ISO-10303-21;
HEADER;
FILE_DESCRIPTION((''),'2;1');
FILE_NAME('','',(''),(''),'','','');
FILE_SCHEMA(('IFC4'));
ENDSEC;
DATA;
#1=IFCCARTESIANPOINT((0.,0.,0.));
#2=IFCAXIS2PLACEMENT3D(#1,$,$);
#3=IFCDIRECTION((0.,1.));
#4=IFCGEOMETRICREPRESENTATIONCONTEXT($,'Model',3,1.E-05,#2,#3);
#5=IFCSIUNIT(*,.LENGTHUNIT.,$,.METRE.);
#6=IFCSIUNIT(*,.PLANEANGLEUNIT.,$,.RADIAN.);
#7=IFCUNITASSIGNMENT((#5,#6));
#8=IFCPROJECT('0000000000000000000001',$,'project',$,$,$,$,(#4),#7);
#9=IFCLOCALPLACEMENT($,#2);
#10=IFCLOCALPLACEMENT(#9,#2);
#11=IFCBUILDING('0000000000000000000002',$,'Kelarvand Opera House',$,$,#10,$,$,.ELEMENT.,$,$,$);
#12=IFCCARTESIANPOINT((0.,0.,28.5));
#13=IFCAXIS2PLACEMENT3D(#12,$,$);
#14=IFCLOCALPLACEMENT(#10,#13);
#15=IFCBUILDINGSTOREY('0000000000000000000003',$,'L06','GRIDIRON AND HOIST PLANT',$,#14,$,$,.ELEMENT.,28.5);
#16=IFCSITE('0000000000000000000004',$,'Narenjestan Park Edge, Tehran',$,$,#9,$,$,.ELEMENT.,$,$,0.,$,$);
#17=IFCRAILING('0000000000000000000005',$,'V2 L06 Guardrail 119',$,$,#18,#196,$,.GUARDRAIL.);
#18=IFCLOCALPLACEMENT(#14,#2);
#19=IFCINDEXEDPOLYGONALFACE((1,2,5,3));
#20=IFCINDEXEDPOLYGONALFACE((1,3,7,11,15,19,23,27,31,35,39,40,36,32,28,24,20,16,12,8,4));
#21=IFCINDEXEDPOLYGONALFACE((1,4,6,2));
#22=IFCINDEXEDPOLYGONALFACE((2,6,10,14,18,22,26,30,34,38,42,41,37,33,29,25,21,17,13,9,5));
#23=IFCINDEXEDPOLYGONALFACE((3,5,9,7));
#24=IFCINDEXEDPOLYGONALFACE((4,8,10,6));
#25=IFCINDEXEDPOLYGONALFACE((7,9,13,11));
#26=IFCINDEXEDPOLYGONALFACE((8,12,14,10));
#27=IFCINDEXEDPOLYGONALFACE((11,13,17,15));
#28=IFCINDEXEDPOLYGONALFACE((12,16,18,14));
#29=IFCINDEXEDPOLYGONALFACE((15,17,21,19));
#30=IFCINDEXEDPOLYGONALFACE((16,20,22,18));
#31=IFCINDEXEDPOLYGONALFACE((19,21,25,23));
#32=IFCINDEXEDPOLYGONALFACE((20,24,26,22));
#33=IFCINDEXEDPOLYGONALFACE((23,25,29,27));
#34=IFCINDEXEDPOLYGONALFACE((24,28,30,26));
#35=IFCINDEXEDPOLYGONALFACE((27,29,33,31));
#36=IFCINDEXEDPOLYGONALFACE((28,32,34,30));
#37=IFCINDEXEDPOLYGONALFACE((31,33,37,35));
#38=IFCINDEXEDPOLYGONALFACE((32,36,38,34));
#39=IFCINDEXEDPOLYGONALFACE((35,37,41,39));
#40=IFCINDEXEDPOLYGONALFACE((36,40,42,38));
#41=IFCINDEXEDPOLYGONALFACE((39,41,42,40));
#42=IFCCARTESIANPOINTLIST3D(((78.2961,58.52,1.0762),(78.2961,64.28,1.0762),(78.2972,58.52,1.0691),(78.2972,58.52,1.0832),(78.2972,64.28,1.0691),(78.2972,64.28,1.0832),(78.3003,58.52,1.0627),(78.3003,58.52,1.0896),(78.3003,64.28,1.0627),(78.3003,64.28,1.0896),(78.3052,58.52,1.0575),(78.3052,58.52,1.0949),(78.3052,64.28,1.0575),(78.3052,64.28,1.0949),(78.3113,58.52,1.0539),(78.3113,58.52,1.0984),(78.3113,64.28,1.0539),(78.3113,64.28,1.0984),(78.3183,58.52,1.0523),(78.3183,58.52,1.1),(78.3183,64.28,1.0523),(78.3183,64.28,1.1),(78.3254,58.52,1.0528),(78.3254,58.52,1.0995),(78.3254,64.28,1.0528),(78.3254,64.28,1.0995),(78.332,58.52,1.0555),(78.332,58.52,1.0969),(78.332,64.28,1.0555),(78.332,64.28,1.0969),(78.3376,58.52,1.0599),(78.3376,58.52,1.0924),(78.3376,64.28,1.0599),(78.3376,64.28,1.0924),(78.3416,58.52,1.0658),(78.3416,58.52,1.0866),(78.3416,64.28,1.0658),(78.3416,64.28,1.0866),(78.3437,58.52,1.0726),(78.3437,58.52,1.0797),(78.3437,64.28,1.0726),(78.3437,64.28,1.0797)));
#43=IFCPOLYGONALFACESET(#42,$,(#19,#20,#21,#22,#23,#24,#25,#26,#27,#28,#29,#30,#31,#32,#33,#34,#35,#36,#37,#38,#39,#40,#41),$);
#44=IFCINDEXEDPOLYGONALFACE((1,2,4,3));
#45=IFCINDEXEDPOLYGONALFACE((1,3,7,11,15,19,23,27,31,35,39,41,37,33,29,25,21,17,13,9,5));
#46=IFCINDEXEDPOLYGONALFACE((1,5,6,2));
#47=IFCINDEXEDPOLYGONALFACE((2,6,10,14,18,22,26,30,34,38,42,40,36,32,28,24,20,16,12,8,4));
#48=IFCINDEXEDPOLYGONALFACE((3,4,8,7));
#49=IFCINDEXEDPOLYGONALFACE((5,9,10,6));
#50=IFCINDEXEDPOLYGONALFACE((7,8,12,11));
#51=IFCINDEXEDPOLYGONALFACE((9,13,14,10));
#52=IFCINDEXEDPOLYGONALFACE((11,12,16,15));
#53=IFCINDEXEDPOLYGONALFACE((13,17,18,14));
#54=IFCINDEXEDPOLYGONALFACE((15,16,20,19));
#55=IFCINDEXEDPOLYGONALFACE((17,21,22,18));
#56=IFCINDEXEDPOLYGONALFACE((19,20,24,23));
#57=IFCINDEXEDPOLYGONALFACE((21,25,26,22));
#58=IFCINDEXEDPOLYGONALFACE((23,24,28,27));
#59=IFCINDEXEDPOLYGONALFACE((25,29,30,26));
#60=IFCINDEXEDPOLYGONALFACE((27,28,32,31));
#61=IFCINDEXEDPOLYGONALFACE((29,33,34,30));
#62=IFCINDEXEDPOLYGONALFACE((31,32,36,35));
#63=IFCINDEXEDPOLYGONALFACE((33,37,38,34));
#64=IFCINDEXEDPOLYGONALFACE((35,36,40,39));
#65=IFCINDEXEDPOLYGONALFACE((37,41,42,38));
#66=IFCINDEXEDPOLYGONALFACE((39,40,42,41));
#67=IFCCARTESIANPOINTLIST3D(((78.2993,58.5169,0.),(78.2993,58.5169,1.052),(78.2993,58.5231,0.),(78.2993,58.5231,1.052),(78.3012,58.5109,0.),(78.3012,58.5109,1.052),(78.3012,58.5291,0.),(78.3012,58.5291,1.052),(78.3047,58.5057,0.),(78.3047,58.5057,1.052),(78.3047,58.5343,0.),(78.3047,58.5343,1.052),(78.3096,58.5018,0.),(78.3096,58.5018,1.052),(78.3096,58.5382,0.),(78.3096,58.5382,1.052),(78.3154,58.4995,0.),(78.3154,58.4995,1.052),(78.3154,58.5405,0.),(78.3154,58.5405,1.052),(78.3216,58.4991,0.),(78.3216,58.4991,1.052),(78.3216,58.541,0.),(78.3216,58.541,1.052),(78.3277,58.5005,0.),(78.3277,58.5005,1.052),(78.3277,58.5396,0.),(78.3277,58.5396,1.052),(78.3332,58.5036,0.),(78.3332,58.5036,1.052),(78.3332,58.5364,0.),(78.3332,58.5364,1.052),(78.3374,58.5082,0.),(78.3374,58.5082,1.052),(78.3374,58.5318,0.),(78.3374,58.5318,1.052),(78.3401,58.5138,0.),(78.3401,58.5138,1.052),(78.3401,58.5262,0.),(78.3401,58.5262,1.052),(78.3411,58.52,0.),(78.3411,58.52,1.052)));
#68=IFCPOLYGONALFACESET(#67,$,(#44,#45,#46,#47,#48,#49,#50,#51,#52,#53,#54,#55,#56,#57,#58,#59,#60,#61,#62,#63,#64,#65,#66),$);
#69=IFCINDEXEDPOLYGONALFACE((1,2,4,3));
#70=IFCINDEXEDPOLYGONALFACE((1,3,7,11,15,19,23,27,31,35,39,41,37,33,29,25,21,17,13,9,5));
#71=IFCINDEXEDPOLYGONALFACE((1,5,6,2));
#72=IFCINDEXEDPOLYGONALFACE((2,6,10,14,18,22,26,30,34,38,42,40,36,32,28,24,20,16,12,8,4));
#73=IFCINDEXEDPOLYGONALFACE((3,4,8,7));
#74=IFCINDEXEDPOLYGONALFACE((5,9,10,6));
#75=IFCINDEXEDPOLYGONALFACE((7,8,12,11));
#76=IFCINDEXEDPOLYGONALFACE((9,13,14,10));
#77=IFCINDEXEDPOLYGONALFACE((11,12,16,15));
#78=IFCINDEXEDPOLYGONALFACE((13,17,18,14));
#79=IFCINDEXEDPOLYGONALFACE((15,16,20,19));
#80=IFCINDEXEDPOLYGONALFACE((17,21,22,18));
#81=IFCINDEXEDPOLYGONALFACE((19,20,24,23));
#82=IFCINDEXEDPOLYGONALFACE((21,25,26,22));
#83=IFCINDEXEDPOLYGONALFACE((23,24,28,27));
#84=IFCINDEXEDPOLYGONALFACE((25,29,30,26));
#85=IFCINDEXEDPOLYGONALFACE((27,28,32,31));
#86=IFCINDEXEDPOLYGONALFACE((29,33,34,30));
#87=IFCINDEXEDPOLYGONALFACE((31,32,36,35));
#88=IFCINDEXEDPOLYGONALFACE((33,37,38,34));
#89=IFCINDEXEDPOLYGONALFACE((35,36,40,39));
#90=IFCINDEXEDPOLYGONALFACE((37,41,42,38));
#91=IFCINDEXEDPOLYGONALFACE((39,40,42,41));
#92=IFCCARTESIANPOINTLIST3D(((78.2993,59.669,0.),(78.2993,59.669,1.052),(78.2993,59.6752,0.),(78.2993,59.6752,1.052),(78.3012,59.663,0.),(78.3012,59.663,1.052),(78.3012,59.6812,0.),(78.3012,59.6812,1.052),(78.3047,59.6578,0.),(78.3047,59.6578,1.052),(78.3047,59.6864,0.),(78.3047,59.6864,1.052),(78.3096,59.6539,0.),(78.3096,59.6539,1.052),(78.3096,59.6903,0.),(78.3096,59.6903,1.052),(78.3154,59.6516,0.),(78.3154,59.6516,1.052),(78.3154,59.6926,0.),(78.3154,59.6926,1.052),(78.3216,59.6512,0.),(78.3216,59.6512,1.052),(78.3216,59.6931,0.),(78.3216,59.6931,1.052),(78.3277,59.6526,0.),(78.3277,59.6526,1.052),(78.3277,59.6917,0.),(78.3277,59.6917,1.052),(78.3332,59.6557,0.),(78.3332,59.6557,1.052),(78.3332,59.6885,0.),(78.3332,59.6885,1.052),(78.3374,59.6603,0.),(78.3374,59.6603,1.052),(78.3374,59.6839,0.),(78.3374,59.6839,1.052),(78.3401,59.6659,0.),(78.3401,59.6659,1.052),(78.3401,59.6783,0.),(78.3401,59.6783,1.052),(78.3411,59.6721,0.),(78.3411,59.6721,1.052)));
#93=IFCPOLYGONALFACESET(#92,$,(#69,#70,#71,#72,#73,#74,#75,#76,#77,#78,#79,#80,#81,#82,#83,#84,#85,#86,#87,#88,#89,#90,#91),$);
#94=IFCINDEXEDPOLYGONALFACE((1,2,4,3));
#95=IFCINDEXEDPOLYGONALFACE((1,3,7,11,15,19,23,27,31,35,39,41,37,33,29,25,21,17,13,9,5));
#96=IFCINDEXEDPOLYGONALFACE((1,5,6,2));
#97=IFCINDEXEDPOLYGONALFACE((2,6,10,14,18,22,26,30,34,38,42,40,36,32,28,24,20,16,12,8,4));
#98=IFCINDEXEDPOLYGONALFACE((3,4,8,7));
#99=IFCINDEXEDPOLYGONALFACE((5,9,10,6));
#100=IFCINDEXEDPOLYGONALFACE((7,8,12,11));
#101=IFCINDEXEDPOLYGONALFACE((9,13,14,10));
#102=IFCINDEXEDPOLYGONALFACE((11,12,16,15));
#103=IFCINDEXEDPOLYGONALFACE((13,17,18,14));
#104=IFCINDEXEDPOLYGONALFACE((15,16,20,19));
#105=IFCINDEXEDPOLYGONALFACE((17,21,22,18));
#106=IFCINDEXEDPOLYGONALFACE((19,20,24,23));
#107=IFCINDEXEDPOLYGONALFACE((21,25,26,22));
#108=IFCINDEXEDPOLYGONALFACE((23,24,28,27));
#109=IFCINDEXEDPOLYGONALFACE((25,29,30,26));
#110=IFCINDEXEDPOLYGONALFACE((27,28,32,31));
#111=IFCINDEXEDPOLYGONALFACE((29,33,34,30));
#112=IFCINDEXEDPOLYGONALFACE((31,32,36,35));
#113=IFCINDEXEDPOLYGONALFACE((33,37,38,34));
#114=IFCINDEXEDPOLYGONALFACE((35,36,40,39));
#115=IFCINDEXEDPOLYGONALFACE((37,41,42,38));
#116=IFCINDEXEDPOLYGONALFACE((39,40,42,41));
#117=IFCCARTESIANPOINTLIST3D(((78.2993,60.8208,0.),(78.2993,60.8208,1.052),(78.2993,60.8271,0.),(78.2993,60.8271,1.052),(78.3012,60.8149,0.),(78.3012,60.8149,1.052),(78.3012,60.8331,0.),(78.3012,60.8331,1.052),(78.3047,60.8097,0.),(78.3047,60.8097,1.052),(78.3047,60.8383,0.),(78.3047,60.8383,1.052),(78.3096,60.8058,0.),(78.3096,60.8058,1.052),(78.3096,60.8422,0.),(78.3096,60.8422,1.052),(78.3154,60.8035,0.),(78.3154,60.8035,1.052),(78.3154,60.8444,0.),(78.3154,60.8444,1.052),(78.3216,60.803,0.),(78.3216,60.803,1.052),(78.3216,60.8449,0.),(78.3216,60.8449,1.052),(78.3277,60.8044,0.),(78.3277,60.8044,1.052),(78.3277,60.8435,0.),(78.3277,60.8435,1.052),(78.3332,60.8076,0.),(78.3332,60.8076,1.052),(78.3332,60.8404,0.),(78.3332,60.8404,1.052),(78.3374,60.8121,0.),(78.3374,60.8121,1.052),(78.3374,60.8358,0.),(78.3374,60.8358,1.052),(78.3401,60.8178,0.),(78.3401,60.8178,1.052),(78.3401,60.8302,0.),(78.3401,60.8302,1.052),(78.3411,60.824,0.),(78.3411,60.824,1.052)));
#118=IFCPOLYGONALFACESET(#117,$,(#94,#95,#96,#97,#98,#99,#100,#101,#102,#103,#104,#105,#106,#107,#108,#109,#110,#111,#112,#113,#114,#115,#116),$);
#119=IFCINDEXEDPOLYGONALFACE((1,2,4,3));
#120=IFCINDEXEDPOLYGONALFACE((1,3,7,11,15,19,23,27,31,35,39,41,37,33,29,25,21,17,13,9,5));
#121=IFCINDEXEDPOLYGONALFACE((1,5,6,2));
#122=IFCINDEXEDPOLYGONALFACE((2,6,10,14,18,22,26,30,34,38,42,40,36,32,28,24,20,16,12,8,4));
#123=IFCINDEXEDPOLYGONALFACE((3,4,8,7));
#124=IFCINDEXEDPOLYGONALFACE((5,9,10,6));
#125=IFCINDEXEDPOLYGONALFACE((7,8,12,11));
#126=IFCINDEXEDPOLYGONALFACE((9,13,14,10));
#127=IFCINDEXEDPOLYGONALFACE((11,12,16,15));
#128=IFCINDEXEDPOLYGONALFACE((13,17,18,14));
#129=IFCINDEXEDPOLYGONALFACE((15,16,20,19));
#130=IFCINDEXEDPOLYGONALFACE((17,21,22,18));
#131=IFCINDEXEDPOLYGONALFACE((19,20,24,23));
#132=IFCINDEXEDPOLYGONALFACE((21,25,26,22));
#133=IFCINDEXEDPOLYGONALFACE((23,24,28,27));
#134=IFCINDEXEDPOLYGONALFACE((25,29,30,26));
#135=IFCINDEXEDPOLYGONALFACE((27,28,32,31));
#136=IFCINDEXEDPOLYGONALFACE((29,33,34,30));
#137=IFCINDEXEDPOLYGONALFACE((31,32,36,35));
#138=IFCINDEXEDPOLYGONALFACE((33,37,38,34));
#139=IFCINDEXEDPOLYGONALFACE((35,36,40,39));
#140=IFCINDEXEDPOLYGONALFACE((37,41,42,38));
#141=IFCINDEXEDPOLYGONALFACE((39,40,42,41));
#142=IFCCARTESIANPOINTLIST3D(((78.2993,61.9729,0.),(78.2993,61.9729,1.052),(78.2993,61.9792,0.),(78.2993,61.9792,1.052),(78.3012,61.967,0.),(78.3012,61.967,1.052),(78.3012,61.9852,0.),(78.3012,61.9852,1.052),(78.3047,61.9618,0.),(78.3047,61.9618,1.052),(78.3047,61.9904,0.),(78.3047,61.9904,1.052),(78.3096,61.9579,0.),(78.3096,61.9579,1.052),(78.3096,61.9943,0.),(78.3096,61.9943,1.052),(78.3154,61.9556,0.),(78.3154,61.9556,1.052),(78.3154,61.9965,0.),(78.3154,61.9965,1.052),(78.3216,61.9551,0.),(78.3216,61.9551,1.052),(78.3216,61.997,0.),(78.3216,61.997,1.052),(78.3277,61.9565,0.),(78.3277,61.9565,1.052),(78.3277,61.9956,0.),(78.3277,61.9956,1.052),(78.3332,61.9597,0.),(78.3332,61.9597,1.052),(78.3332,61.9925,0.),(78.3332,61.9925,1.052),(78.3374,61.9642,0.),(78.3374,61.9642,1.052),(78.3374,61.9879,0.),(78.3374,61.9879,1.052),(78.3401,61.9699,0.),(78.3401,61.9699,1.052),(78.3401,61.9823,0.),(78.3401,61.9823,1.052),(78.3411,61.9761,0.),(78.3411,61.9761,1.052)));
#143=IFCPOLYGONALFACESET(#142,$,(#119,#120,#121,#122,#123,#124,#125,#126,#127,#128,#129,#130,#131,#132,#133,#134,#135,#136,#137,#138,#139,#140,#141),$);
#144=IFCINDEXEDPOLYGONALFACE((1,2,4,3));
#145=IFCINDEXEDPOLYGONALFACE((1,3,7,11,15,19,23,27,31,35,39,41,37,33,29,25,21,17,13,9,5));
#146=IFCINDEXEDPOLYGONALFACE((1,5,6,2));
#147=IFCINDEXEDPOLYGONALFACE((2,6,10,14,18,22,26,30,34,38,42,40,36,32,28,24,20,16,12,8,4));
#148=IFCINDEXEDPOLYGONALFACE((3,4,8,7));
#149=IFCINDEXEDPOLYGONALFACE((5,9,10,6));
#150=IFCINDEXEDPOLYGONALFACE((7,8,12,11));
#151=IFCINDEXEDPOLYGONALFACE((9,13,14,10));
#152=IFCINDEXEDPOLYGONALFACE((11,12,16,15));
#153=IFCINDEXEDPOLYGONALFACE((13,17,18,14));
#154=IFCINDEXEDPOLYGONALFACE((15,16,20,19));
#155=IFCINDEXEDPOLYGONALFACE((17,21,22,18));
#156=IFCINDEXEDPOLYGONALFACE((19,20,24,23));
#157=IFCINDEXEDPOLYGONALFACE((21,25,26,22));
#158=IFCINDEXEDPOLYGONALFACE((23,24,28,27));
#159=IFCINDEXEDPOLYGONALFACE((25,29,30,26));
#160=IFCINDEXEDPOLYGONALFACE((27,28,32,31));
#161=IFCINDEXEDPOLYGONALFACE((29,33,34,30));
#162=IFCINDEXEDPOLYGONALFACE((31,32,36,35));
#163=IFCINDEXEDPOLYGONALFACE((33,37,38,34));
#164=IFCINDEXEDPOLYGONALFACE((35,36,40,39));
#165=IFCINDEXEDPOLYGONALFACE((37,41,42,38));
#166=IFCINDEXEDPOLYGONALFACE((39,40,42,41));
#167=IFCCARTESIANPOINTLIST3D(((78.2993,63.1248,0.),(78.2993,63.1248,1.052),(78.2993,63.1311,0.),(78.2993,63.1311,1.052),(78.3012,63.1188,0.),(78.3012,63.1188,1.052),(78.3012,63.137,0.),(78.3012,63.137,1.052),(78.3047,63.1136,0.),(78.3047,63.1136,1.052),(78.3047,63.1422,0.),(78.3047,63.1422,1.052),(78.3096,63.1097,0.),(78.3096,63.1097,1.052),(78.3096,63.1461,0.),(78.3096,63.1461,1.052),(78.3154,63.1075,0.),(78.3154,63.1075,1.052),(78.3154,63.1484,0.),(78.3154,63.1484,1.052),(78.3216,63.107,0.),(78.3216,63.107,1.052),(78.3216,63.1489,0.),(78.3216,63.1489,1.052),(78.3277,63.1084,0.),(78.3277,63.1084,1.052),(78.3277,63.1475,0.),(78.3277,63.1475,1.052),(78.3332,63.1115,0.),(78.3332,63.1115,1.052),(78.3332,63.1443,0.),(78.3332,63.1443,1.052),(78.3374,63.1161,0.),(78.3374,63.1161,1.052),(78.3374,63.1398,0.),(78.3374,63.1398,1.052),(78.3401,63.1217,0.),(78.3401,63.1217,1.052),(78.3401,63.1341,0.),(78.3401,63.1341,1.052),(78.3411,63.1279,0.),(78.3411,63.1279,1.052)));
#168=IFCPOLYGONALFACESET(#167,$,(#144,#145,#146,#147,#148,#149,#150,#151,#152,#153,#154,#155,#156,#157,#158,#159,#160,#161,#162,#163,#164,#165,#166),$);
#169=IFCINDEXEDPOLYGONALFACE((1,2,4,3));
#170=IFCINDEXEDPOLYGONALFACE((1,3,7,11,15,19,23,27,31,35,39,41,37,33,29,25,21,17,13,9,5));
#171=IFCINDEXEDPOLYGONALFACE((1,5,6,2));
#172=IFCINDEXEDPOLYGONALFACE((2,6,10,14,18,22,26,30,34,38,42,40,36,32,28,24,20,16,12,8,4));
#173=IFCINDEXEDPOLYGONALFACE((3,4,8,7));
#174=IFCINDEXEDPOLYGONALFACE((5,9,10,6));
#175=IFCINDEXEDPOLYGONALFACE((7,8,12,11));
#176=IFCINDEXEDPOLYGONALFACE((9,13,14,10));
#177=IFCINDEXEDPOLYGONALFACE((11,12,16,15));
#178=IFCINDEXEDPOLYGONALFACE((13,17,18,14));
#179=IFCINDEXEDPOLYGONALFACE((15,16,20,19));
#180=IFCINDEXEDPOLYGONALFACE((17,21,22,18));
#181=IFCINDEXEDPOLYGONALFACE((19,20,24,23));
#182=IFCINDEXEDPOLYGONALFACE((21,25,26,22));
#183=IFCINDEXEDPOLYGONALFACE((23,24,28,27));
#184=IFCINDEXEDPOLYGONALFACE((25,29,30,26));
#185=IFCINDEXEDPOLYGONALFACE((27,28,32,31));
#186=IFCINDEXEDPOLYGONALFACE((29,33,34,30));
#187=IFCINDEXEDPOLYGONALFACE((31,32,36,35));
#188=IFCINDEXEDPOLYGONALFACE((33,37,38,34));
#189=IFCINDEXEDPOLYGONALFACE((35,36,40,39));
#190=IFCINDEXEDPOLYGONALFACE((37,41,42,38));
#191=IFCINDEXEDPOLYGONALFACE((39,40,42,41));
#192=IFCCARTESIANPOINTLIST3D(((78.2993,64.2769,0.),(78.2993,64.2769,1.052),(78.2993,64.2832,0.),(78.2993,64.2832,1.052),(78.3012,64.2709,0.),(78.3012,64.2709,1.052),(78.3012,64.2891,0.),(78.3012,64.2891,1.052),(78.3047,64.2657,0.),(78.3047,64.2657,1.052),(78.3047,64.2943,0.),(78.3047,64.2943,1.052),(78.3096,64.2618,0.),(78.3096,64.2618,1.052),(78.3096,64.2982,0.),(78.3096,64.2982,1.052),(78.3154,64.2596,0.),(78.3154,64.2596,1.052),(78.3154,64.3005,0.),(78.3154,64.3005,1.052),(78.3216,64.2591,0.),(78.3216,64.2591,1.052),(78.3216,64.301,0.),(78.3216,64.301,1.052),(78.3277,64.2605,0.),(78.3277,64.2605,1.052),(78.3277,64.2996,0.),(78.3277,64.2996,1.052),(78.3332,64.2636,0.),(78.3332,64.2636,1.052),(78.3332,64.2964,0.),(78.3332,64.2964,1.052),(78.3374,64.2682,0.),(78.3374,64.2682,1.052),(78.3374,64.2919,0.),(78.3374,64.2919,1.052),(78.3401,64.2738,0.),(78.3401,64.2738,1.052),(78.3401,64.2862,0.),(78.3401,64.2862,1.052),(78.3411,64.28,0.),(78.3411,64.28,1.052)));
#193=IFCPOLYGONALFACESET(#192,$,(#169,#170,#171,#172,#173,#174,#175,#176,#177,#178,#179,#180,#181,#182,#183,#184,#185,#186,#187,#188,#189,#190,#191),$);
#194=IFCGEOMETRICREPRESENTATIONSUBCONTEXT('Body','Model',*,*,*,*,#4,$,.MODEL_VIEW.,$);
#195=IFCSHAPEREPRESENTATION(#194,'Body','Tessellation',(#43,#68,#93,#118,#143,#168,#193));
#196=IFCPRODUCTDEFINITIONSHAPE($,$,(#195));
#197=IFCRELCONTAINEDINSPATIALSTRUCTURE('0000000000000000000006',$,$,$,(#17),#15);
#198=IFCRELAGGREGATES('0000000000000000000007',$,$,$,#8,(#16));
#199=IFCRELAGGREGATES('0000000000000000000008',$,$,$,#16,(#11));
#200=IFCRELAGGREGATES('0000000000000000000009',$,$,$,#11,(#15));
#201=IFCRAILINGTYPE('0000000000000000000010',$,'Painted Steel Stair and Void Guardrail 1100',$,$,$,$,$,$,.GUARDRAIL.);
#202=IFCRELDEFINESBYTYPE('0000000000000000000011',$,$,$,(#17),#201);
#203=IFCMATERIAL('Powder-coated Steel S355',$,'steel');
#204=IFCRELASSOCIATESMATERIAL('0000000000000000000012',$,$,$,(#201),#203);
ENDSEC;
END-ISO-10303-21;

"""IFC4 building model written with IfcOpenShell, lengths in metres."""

from ifc_helpers import new_model, si_unit, direction, frame, origin, origin_2d, place, context, subcontext, project, spatial, circle, extrude, material, type_object, element, save


model = new_model("IFC4")

# Units and contexts
model_context = context("Model", 3, precision=1e-05, world=origin(), true_north=direction((0.0, 1.0)))
body_context = subcontext(model_context, "Body", "Model", "MODEL_VIEW")
ifc_project = project(units=[si_unit("LENGTHUNIT", "METRE"), si_unit("PLANEANGLEUNIT", "RADIAN")], contexts=[model_context])

# Site, building, storey
site_placement = place(None, origin())
site = spatial("IfcSite", under=ifc_project, at=site_placement, Name="Narenjestan Park Edge, Tehran", CompositionType="ELEMENT", RefElevation=0.0)
building_placement = place(site_placement, origin())
building = spatial("IfcBuilding", under=site, at=building_placement, Name="Kelarvand Opera House", CompositionType="ELEMENT")
storey_placement = place(building_placement, frame((0.0, 0.0, 28.5)))
storey = spatial("IfcBuildingStorey", under=building, at=storey_placement, Name="L06", Description="GRIDIRON AND HOIST PLANT", CompositionType="ELEMENT", Elevation=28.5)

# Railing
ifc_material_1 = material(Name="Powder-coated Steel S355", Category="steel")
railing_type = type_object("IfcRailingType", Name="Painted Steel Stair and Void Guardrail 1100", PredefinedType="GUARDRAIL", material=ifc_material_1)
railing_placement = place(storey_placement, frame((78.3201, 58.52, 0.0)))
element("IfcRailing", 1, at=railing_placement, inside=storey, type_object=railing_type, Name="V2 L06 Guardrail 119", PredefinedType="GUARDRAIL", context=body_context, shape_type="SweptSolid", body=[
    extrude(circle(Radius=0.0239, at=origin_2d()), frame((0.0, 0.0, 1.0762), z_axis=(0.0, 1.0, 0.0), x_axis=(-1.0, 0.0, 0.0)), (0.0, 0.0, 1.0), 5.76),
    extrude(circle(Radius=0.021, at=origin_2d()), origin(), (0.0, 0.0, 1.0), 1.052),
    extrude(circle(Radius=0.021, at=origin_2d()), frame((0.0, 1.1521, 0.0)), (0.0, 0.0, 1.0), 1.052),
    extrude(circle(Radius=0.021, at=origin_2d()), frame((0.0, 2.304, 0.0)), (0.0, 0.0, 1.0), 1.052),
    extrude(circle(Radius=0.021, at=origin_2d()), frame((0.0, 3.4561, 0.0)), (0.0, 0.0, 1.0), 1.052),
    extrude(circle(Radius=0.021, at=origin_2d()), frame((0.0, 4.6079, 0.0)), (0.0, 0.0, 1.0), 1.052),
    extrude(circle(Radius=0.021, at=origin_2d()), frame((0.0, 5.76, 0.0)), (0.0, 0.0, 1.0), 1.052),
])

save(model, "model.ifc")
